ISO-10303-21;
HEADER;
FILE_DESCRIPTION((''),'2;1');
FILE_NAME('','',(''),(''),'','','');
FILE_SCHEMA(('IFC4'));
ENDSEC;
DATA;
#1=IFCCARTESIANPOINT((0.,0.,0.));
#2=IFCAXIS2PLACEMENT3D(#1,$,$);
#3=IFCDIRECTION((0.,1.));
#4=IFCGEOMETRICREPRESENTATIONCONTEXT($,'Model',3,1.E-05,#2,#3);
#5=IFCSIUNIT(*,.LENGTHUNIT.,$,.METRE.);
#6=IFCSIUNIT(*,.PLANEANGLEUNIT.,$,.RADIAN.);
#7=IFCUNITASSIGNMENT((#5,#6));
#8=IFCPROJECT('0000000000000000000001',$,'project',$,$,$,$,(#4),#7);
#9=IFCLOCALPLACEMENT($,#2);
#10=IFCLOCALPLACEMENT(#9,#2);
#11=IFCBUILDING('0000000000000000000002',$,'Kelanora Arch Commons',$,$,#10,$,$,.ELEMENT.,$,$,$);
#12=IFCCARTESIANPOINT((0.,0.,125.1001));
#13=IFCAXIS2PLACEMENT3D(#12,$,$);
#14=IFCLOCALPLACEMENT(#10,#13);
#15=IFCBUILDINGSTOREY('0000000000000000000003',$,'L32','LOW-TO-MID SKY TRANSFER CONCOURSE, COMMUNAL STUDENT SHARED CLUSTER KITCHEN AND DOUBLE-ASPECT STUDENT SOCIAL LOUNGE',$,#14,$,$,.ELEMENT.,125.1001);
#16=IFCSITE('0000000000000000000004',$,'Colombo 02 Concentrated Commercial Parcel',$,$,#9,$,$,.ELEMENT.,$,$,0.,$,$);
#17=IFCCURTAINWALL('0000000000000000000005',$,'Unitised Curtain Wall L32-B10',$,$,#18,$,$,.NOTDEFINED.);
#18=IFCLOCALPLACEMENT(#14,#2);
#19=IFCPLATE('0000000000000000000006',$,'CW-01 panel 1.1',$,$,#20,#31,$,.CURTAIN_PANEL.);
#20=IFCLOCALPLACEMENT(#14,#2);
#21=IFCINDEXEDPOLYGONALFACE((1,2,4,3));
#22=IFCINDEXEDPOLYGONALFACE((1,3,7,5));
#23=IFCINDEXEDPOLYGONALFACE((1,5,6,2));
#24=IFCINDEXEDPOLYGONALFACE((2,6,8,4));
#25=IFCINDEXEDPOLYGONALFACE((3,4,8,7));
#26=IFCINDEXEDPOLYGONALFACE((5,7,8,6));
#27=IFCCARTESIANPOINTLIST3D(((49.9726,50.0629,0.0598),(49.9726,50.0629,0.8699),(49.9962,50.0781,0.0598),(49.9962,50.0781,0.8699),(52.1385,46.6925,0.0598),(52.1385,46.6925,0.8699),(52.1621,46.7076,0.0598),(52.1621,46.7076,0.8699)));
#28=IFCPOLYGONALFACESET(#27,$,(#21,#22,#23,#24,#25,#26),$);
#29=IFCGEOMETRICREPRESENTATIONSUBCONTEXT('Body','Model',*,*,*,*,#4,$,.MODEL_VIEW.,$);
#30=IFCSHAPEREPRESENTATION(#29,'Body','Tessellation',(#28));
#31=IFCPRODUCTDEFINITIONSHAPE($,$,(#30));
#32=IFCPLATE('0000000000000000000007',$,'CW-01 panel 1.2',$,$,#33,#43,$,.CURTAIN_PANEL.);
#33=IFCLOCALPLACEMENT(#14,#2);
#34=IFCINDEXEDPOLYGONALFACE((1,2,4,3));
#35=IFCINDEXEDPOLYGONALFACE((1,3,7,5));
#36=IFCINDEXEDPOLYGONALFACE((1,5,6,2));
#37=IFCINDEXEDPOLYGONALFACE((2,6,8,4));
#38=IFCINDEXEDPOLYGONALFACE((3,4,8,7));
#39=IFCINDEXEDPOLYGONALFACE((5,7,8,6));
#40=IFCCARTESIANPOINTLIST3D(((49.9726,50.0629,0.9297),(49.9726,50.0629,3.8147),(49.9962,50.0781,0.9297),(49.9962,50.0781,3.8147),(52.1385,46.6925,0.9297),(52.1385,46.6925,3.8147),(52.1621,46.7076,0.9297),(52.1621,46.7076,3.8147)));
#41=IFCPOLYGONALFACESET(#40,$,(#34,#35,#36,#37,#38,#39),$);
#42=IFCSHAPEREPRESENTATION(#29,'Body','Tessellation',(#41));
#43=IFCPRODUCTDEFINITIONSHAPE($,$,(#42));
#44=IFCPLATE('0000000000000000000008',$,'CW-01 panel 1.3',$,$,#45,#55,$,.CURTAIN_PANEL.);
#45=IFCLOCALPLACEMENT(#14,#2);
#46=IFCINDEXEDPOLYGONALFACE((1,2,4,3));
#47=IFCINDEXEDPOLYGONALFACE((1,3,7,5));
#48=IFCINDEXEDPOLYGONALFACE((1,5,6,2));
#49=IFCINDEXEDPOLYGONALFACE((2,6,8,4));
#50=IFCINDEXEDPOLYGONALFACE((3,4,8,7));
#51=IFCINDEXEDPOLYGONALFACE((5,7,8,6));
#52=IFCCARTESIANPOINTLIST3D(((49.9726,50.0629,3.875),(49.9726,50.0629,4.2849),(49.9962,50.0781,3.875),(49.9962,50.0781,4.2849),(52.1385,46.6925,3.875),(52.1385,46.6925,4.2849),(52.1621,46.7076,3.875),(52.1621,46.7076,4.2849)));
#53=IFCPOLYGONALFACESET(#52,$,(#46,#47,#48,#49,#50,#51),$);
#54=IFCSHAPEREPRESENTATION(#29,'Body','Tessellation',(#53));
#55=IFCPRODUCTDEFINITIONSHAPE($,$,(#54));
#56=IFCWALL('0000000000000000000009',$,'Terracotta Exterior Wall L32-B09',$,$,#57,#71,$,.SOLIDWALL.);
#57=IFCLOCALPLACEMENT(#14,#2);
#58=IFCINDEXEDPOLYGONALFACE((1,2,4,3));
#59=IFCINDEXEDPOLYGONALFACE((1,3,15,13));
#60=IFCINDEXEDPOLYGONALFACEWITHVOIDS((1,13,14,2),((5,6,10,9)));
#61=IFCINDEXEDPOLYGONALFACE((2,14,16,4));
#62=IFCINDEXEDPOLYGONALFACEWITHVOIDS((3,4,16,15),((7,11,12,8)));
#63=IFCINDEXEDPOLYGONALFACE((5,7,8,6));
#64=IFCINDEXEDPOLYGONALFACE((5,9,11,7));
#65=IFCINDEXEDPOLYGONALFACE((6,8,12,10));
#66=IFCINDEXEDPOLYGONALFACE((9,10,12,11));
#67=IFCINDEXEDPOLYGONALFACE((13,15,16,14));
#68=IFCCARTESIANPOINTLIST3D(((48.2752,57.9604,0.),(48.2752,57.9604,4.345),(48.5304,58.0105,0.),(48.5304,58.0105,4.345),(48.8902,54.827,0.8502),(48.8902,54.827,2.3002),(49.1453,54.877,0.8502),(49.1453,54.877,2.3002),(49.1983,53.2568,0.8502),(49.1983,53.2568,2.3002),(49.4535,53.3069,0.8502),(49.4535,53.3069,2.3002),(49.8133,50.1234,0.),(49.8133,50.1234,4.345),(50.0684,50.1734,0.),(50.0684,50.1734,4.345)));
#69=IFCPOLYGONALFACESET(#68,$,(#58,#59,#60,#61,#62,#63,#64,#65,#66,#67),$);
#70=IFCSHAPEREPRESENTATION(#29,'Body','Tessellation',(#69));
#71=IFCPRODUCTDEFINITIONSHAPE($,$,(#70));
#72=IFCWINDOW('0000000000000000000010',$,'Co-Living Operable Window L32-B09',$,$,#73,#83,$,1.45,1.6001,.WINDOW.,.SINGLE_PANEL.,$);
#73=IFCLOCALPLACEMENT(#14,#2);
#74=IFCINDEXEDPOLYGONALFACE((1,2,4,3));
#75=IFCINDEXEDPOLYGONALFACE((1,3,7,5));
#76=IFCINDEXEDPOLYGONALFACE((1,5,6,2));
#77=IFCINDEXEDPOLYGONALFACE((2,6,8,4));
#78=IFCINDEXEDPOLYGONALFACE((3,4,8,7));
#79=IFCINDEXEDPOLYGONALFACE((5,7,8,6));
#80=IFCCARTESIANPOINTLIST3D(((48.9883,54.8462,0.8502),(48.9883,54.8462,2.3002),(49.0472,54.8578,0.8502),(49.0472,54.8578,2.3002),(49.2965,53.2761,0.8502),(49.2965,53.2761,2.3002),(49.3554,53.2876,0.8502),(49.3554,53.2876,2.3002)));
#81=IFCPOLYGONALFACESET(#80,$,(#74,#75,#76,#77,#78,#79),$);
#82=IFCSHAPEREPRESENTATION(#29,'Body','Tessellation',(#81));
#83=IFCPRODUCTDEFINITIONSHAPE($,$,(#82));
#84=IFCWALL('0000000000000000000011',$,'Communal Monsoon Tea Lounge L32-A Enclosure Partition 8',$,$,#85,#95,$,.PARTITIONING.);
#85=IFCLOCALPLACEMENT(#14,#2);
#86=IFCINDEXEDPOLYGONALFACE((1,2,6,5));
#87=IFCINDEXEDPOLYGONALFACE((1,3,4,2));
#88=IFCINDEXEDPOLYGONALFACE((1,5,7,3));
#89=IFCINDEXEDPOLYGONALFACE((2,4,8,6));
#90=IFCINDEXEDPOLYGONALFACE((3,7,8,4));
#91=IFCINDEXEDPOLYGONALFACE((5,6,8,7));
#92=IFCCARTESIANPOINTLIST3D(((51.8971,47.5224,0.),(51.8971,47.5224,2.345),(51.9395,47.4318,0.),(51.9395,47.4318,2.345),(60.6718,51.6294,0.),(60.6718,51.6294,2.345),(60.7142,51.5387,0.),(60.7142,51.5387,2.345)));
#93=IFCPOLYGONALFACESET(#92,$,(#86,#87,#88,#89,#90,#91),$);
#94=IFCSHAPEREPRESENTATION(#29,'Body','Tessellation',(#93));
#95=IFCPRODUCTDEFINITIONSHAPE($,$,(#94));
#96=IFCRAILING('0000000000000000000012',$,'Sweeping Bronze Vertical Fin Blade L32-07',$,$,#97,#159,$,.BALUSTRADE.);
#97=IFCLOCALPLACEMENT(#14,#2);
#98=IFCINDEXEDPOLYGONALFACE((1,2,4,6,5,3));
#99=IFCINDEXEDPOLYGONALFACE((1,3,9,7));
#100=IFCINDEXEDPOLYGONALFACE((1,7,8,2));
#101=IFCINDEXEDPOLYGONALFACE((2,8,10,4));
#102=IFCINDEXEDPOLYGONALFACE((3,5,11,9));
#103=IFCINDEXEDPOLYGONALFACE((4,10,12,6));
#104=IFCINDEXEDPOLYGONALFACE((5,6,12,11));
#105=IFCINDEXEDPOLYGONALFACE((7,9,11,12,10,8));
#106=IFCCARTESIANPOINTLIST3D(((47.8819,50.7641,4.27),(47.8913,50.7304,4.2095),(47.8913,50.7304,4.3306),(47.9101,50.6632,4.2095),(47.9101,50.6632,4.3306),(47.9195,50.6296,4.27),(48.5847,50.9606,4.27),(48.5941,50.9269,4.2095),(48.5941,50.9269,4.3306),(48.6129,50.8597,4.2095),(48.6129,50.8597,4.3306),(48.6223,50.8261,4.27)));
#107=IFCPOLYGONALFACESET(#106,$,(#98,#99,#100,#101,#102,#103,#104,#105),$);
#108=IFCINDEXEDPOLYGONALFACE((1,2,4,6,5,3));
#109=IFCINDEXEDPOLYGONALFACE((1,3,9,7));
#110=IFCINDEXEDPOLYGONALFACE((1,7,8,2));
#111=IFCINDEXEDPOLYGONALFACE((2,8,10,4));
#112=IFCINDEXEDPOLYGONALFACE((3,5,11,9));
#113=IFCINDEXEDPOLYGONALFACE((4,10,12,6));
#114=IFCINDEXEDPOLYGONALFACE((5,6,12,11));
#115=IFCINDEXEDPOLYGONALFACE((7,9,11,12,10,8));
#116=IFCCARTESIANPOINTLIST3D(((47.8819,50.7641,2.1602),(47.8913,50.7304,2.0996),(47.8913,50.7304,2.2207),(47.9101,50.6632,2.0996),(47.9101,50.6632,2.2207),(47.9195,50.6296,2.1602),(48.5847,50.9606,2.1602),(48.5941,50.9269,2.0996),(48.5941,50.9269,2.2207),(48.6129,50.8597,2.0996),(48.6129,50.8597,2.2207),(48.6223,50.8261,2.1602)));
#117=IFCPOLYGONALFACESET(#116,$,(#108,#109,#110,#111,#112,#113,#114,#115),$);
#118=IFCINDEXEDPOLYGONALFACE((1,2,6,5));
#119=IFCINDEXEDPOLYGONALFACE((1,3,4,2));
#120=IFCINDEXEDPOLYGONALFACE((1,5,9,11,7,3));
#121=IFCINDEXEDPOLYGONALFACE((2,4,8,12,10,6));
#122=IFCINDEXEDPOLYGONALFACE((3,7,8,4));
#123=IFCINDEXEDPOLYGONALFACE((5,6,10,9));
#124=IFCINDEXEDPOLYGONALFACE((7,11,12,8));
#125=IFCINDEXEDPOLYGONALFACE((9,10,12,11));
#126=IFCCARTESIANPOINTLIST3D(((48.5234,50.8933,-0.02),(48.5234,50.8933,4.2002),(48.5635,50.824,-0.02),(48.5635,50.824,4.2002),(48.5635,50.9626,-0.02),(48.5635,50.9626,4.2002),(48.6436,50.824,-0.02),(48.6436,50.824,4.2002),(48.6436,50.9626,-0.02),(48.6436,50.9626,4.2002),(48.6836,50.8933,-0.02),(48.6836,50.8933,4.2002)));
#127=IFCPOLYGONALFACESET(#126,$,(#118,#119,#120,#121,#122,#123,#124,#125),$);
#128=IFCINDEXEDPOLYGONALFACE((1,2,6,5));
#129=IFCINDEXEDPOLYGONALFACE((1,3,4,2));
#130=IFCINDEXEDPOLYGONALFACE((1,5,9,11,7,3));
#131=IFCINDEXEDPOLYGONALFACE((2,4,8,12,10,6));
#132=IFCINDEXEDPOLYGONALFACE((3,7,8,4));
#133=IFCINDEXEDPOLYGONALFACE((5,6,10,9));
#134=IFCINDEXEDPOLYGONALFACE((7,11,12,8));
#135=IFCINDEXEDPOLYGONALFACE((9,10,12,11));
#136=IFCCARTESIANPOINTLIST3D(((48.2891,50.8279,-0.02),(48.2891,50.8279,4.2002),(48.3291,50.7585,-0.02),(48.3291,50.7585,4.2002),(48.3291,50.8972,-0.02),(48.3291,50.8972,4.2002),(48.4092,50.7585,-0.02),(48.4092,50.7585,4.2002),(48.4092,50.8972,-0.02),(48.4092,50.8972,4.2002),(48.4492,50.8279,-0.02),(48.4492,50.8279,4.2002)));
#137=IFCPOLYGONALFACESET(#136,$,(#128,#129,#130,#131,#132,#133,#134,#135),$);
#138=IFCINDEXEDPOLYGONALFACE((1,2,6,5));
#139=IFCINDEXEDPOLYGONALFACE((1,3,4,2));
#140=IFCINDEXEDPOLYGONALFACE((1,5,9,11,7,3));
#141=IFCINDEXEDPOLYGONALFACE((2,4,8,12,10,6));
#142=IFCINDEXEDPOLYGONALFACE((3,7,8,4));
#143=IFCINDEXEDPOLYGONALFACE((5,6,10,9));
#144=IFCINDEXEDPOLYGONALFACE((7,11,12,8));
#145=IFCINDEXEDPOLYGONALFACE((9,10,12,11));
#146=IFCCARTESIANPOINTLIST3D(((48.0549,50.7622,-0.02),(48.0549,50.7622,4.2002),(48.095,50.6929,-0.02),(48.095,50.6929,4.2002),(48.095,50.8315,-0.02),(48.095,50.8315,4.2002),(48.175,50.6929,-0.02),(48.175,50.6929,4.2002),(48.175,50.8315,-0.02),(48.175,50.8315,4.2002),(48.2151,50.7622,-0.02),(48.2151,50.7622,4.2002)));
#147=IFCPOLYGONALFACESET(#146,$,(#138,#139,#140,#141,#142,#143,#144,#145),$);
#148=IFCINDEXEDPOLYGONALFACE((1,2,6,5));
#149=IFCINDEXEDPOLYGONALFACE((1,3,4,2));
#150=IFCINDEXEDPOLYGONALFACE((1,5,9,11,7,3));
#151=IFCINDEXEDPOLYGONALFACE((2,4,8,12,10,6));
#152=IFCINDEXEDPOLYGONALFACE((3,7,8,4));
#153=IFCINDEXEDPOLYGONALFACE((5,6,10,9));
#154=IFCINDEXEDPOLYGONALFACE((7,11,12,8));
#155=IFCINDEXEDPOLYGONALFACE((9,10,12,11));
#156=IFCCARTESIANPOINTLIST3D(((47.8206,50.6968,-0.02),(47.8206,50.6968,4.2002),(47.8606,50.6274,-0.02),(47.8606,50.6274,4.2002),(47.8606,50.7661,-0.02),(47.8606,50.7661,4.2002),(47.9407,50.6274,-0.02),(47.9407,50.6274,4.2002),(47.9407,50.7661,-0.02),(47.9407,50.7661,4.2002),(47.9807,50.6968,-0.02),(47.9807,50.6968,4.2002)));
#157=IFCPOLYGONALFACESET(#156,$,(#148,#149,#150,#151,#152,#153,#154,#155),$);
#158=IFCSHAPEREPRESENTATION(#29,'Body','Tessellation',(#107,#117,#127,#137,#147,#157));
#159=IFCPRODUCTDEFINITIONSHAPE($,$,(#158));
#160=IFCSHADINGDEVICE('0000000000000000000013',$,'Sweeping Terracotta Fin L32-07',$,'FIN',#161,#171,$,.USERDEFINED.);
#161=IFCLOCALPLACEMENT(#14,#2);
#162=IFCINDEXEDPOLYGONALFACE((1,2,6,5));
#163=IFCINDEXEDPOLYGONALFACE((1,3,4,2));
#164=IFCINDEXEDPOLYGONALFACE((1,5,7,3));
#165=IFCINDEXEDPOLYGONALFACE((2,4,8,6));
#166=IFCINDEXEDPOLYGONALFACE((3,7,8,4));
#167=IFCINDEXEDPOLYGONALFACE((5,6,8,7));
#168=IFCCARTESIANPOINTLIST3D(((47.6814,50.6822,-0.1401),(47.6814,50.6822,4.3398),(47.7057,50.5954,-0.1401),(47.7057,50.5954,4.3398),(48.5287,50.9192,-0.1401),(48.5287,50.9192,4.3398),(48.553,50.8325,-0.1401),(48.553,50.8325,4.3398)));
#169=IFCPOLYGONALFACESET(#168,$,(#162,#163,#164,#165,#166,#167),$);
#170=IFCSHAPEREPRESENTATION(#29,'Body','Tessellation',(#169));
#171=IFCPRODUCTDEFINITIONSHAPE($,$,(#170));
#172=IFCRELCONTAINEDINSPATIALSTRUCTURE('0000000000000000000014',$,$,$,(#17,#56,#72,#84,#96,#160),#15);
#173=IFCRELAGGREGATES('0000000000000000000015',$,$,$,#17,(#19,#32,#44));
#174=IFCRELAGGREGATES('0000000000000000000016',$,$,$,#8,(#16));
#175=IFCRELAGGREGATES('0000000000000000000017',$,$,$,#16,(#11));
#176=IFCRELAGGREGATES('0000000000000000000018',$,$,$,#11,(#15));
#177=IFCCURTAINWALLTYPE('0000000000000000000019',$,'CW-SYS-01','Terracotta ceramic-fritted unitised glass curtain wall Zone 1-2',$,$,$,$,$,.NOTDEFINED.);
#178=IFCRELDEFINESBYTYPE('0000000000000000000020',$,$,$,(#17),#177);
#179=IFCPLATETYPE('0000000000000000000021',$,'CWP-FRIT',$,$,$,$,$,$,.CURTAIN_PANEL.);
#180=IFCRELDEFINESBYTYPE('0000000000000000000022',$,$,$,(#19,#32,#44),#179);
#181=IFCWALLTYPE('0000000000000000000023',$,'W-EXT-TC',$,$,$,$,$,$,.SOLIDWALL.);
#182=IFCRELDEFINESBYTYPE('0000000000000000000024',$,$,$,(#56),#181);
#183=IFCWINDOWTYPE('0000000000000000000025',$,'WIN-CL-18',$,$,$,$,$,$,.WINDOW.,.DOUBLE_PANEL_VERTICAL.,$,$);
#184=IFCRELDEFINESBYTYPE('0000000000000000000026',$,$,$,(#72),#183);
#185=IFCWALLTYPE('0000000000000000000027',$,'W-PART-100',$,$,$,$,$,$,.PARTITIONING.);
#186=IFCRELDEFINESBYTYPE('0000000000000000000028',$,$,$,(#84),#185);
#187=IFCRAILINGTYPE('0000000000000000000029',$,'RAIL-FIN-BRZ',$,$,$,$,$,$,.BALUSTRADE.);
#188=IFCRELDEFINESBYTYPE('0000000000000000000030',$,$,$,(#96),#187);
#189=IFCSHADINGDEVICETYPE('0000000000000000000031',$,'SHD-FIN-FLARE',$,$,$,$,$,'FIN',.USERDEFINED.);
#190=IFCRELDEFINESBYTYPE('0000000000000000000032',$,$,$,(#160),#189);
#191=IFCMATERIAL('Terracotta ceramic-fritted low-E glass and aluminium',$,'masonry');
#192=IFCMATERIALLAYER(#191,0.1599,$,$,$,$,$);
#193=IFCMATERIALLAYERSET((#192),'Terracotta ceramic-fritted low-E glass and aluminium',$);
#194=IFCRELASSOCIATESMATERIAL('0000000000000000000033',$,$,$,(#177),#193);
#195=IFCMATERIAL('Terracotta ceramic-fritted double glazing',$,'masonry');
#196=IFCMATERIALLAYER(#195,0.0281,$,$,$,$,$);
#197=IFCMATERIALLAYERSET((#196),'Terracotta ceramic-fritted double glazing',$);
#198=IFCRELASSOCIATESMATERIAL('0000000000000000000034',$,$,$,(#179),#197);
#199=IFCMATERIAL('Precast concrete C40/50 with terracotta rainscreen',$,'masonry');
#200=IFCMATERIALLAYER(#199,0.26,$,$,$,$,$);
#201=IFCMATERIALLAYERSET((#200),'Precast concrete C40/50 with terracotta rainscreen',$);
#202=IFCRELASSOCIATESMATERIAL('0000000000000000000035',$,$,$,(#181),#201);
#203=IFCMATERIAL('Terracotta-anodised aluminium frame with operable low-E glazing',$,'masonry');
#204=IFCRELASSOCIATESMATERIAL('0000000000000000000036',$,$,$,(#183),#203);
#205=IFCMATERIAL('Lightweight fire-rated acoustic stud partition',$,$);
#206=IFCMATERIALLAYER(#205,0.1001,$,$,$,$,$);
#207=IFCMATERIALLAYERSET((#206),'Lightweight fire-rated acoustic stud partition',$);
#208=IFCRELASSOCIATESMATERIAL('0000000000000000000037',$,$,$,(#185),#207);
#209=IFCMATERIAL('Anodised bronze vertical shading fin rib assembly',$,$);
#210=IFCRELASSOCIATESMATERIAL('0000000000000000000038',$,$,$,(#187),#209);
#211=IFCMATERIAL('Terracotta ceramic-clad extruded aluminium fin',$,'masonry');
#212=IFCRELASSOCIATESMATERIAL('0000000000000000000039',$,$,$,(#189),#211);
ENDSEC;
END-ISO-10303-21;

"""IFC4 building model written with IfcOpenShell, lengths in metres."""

from ifc_helpers import new_model, si_unit, direction, frame, frame_2d, origin, origin_2d, place, context, subcontext, project, spatial, polyline, rectangle, outline, extrude, source, transform, mapped, material, layer, layer_set, type_object, element, fill, aggregate, save


model = new_model("IFC4")

# Units and contexts
model_context = context("Model", 3, precision=1e-05, world=origin(), true_north=direction((0.0, 1.0)))
body_context = subcontext(model_context, "Body", "Model", "MODEL_VIEW")
ifc_project = project(units=[si_unit("LENGTHUNIT", "METRE"), si_unit("PLANEANGLEUNIT", "RADIAN")], contexts=[model_context])

# Site, building, storey
site_placement = place(None, origin())
site = spatial("IfcSite", under=ifc_project, at=site_placement, Name="Colombo 02 Concentrated Commercial Parcel", CompositionType="ELEMENT", RefElevation=0.0)
building_placement = place(site_placement, origin())
building = spatial("IfcBuilding", under=site, at=building_placement, Name="Kelanora Arch Commons", CompositionType="ELEMENT")
storey_placement = place(building_placement, frame((0.0, 0.0, 125.1001)))
storey = spatial("IfcBuildingStorey", under=building, at=storey_placement, Name="L32", Description="LOW-TO-MID SKY TRANSFER CONCOURSE, COMMUNAL STUDENT SHARED CLUSTER KITCHEN AND DOUBLE-ASPECT STUDENT SOCIAL LOUNGE", CompositionType="ELEMENT", Elevation=125.1001)

# Shared definitions
ifc_material_1 = material(Name="Terracotta ceramic-fritted low-E glass and aluminium", Category="masonry")
ifc_layer_1 = layer(ifc_material_1, 0.1599)
ifc_layer_set_1 = layer_set([ifc_layer_1], Name="Terracotta ceramic-fritted low-E glass and aluminium")
curtain_wall_type = type_object("IfcCurtainWallType", Name="CW-SYS-01", Description="Terracotta ceramic-fritted unitised glass curtain wall Zone 1-2", PredefinedType="NOTDEFINED", material=ifc_layer_set_1)

# Curtain wall
curtain_wall_1_placement = place(storey_placement, origin())
curtain_wall_1 = element("IfcCurtainWall", 1, at=curtain_wall_1_placement, inside=storey, type_object=curtain_wall_type, Name="Unitised Curtain Wall L32-B10", PredefinedType="NOTDEFINED")

# Plates
ifc_material_2 = material(Name="Terracotta ceramic-fritted double glazing", Category="masonry")
ifc_layer_2 = layer(ifc_material_2, 0.0281)
ifc_layer_set_2 = layer_set([ifc_layer_2], Name="Terracotta ceramic-fritted double glazing")
plate_type = type_object("IfcPlateType", Name="CWP-FRIT", PredefinedType="CURTAIN_PANEL", material=ifc_layer_set_2)
shared_shape_1 = source(origin(), body_context, "Body", "SweptSolid", [
    extrude(rectangle(XDim=4.0063, YDim=0.0281, at=origin_2d()), origin(), (0.0, 0.0, 1.0), 0.8101),
])
plate_1_placement = place(storey_placement, frame((51.0674, 48.3853, 0.0598), z_axis=(0.0, 0.0, 1.0), x_axis=(0.540617, -0.841269, 0.0)))
plate_1 = element("IfcPlate", 2, at=plate_1_placement, type_object=plate_type, Name="CW-01 panel 1.1", PredefinedType="CURTAIN_PANEL", context=body_context, shape_type="MappedRepresentation", body=[
    mapped(shared_shape_1, transform((0.0, 0.0, 0.0), scale=1.0)),
])
shared_shape_2 = source(origin(), body_context, "Body", "SweptSolid", [
    extrude(rectangle(XDim=4.0063, YDim=0.0281, at=origin_2d()), origin(), (0.0, 0.0, 1.0), 2.885),
])
plate_2_placement = place(storey_placement, frame((51.0674, 48.3853, 0.9297), z_axis=(0.0, 0.0, 1.0), x_axis=(0.540617, -0.841269, 0.0)))
plate_2 = element("IfcPlate", 3, at=plate_2_placement, type_object=plate_type, Name="CW-01 panel 1.2", PredefinedType="CURTAIN_PANEL", context=body_context, shape_type="MappedRepresentation", body=[
    mapped(shared_shape_2, transform((0.0, 0.0, 0.0), scale=1.0)),
])
shared_shape_3 = source(origin(), body_context, "Body", "SweptSolid", [
    extrude(rectangle(XDim=4.0063, YDim=0.0281, at=origin_2d()), origin(), (0.0, 0.0, 1.0), 0.4099),
])
plate_3_placement = place(storey_placement, frame((51.0674, 48.3853, 3.875), z_axis=(0.0, 0.0, 1.0), x_axis=(0.540617, -0.841269, 0.0)))
plate_3 = element("IfcPlate", 4, at=plate_3_placement, type_object=plate_type, Name="CW-01 panel 1.3", PredefinedType="CURTAIN_PANEL", context=body_context, shape_type="MappedRepresentation", body=[
    mapped(shared_shape_3, transform((0.0, 0.0, 0.0), scale=1.0)),
])
aggregate(curtain_wall_1, [plate_1, plate_2, plate_3])

# Wall, opening, window
ifc_material_3 = material(Name="Precast concrete C40/50 with terracotta rainscreen", Category="masonry")
ifc_layer_3 = layer(ifc_material_3, 0.26)
ifc_layer_set_3 = layer_set([ifc_layer_3], Name="Precast concrete C40/50 with terracotta rainscreen")
wall_type_1 = type_object("IfcWallType", Name="W-EXT-TC", PredefinedType="SOLIDWALL", material=ifc_layer_set_3)
wall_1_placement = place(storey_placement, frame((48.4028, 57.9854, 0.0), z_axis=(0.0, 0.0, 1.0), x_axis=(0.192582, -0.981281, 0.0)))
wall_1 = element("IfcWall", 5, at=wall_1_placement, inside=storey, type_object=wall_type_1, Name="Terracotta Exterior Wall L32-B09", PredefinedType="SOLIDWALL", context=body_context, shape_type="SweptSolid", body=[
    extrude(rectangle(XDim=7.9866, YDim=0.26, at=frame_2d((3.9932, 0.0))), origin(), (0.0, 0.0, 1.0), 4.345),
])
opening_placement = place(wall_1_placement, frame((3.1931, 0.0, 0.8501)))
opening = element("IfcOpeningElement", 6, at=opening_placement, cuts=wall_1, PredefinedType="OPENING", context=body_context, shape_type="SweptSolid", body=[
    extrude(rectangle(XDim=1.6001, YDim=1.45, at=frame_2d((0.8, 0.7251))), frame((0.0, 0.1401, 0.0), z_axis=(0.0, -1.0, 0.0), x_axis=(1.0, 0.0, 0.0)), (0.0, 0.0, 1.0), 0.28),
])
ifc_material_4 = material(Name="Terracotta-anodised aluminium frame with operable low-E glazing", Category="masonry")
window_type = type_object("IfcWindowType", Name="WIN-CL-18", PartitioningType="DOUBLE_PANEL_VERTICAL", PredefinedType="WINDOW", material=ifc_material_4)
window_placement = place(opening_placement, origin())
window = element("IfcWindow", 7, at=window_placement, inside=storey, type_object=window_type, Name="Co-Living Operable Window L32-B09", OverallHeight=1.45, OverallWidth=1.6001, PartitioningType="SINGLE_PANEL", PredefinedType="WINDOW", context=body_context, shape_type="SweptSolid", body=[
    extrude(rectangle(XDim=1.6001, YDim=1.45, at=frame_2d((0.8, 0.7251))), frame((0.0, 0.03, 0.0), z_axis=(0.0, -1.0, 0.0), x_axis=(1.0, 0.0, 0.0)), (0.0, 0.0, 1.0), 0.0601),
])
fill(opening, window)

# Wall
ifc_material_5 = material(Name="Lightweight fire-rated acoustic stud partition")
ifc_layer_4 = layer(ifc_material_5, 0.1001)
ifc_layer_set_4 = layer_set([ifc_layer_4], Name="Lightweight fire-rated acoustic stud partition")
wall_type_2 = type_object("IfcWallType", Name="W-PART-100", PredefinedType="PARTITIONING", material=ifc_layer_set_4)
wall_2_placement = place(storey_placement, frame((51.9182, 47.4771, 0.0), z_axis=(0.0, 0.0, 1.0), x_axis=(0.905704, 0.42391, 0.0)))
element("IfcWall", 8, at=wall_2_placement, inside=storey, type_object=wall_type_2, Name="Communal Monsoon Tea Lounge L32-A Enclosure Partition 8", PredefinedType="PARTITIONING", context=body_context, shape_type="SweptSolid", body=[
    extrude(rectangle(XDim=9.6882, YDim=0.1001, at=frame_2d((4.8442, 0.0))), origin(), (0.0, 0.0, 1.0), 2.345),
])

# Railing
ifc_material_6 = material(Name="Anodised bronze vertical shading fin rib assembly")
railing_type = type_object("IfcRailingType", Name="RAIL-FIN-BRZ", PredefinedType="BALUSTRADE", material=ifc_material_6)
railing_placement = place(storey_placement, frame((48.6035, 50.8933, -0.02)))
element("IfcRailing", 9, at=railing_placement, inside=storey, type_object=railing_type, Name="Sweeping Bronze Vertical Fin Blade L32-07", PredefinedType="BALUSTRADE", context=body_context, shape_type="SweptSolid", body=[
    extrude(outline(polyline([(0.0698, 0.0), (0.0349, 0.0605), (-0.0349, 0.0605), (-0.0698, 0.0), (-0.0349, -0.0605), (0.0349, -0.0605), (0.0698, 0.0)])), frame((0.0, 0.0, 4.29), z_axis=(-0.963061, -0.269282, 0.0), x_axis=(0.269282, -0.963061, 0.0)), (0.0, 0.0, 1.0), 0.7297),
    extrude(outline(polyline([(0.0698, 0.0), (0.0349, 0.0605), (-0.0349, 0.0605), (-0.0698, 0.0), (-0.0349, -0.0605), (0.0349, -0.0605), (0.0698, 0.0)])), frame((0.0, 0.0, 2.1802), z_axis=(-0.963061, -0.269282, 0.0), x_axis=(0.269282, -0.963061, 0.0)), (0.0, 0.0, 1.0), 0.7297),
    extrude(outline(polyline([(0.0801, 0.0), (0.04, 0.0693), (-0.04, 0.0693), (-0.0801, 0.0), (-0.04, -0.0693), (0.04, -0.0693), (0.0801, 0.0)])), origin(), (0.0, 0.0, 1.0), 4.2202),
    extrude(outline(polyline([(0.0801, 0.0), (0.04, 0.0693), (-0.04, 0.0693), (-0.0801, 0.0), (-0.04, -0.0693), (0.04, -0.0693), (0.0801, 0.0)])), frame((-0.2344, -0.0654, 0.0)), (0.0, 0.0, 1.0), 4.2202),
    extrude(outline(polyline([(0.0801, 0.0), (0.04, 0.0693), (-0.04, 0.0693), (-0.0801, 0.0), (-0.04, -0.0693), (0.04, -0.0693), (0.0801, 0.0)])), frame((-0.4685, -0.1311, 0.0)), (0.0, 0.0, 1.0), 4.2202),
    extrude(outline(polyline([(0.0801, 0.0), (0.04, 0.0693), (-0.04, 0.0693), (-0.0801, 0.0), (-0.04, -0.0693), (0.04, -0.0693), (0.0801, 0.0)])), frame((-0.7029, -0.1965, 0.0)), (0.0, 0.0, 1.0), 4.2202),
])

# Shading device
ifc_material_7 = material(Name="Terracotta ceramic-clad extruded aluminium fin", Category="masonry")
shading_device_type = type_object("IfcShadingDeviceType", Name="SHD-FIN-FLARE", ElementType="FIN", PredefinedType="USERDEFINED", material=ifc_material_7)
shared_shape_4 = source(origin(), body_context, "Body", "SweptSolid", [
    extrude(rectangle(XDim=0.8799, YDim=0.0901, at=origin_2d()), origin(), (0.0, 0.0, 1.0), 4.48),
])
shading_device_placement = place(storey_placement, frame((48.1172, 50.7573, -0.1401), z_axis=(0.0, 0.0, 1.0), x_axis=(-0.963022, -0.269424, 0.0)))
element("IfcShadingDevice", 10, at=shading_device_placement, inside=storey, type_object=shading_device_type, Name="Sweeping Terracotta Fin L32-07", ObjectType="FIN", PredefinedType="USERDEFINED", context=body_context, shape_type="MappedRepresentation", body=[
    mapped(shared_shape_4, transform((0.0, 0.0, 0.0), scale=1.0)),
])

save(model, "model.ifc")
